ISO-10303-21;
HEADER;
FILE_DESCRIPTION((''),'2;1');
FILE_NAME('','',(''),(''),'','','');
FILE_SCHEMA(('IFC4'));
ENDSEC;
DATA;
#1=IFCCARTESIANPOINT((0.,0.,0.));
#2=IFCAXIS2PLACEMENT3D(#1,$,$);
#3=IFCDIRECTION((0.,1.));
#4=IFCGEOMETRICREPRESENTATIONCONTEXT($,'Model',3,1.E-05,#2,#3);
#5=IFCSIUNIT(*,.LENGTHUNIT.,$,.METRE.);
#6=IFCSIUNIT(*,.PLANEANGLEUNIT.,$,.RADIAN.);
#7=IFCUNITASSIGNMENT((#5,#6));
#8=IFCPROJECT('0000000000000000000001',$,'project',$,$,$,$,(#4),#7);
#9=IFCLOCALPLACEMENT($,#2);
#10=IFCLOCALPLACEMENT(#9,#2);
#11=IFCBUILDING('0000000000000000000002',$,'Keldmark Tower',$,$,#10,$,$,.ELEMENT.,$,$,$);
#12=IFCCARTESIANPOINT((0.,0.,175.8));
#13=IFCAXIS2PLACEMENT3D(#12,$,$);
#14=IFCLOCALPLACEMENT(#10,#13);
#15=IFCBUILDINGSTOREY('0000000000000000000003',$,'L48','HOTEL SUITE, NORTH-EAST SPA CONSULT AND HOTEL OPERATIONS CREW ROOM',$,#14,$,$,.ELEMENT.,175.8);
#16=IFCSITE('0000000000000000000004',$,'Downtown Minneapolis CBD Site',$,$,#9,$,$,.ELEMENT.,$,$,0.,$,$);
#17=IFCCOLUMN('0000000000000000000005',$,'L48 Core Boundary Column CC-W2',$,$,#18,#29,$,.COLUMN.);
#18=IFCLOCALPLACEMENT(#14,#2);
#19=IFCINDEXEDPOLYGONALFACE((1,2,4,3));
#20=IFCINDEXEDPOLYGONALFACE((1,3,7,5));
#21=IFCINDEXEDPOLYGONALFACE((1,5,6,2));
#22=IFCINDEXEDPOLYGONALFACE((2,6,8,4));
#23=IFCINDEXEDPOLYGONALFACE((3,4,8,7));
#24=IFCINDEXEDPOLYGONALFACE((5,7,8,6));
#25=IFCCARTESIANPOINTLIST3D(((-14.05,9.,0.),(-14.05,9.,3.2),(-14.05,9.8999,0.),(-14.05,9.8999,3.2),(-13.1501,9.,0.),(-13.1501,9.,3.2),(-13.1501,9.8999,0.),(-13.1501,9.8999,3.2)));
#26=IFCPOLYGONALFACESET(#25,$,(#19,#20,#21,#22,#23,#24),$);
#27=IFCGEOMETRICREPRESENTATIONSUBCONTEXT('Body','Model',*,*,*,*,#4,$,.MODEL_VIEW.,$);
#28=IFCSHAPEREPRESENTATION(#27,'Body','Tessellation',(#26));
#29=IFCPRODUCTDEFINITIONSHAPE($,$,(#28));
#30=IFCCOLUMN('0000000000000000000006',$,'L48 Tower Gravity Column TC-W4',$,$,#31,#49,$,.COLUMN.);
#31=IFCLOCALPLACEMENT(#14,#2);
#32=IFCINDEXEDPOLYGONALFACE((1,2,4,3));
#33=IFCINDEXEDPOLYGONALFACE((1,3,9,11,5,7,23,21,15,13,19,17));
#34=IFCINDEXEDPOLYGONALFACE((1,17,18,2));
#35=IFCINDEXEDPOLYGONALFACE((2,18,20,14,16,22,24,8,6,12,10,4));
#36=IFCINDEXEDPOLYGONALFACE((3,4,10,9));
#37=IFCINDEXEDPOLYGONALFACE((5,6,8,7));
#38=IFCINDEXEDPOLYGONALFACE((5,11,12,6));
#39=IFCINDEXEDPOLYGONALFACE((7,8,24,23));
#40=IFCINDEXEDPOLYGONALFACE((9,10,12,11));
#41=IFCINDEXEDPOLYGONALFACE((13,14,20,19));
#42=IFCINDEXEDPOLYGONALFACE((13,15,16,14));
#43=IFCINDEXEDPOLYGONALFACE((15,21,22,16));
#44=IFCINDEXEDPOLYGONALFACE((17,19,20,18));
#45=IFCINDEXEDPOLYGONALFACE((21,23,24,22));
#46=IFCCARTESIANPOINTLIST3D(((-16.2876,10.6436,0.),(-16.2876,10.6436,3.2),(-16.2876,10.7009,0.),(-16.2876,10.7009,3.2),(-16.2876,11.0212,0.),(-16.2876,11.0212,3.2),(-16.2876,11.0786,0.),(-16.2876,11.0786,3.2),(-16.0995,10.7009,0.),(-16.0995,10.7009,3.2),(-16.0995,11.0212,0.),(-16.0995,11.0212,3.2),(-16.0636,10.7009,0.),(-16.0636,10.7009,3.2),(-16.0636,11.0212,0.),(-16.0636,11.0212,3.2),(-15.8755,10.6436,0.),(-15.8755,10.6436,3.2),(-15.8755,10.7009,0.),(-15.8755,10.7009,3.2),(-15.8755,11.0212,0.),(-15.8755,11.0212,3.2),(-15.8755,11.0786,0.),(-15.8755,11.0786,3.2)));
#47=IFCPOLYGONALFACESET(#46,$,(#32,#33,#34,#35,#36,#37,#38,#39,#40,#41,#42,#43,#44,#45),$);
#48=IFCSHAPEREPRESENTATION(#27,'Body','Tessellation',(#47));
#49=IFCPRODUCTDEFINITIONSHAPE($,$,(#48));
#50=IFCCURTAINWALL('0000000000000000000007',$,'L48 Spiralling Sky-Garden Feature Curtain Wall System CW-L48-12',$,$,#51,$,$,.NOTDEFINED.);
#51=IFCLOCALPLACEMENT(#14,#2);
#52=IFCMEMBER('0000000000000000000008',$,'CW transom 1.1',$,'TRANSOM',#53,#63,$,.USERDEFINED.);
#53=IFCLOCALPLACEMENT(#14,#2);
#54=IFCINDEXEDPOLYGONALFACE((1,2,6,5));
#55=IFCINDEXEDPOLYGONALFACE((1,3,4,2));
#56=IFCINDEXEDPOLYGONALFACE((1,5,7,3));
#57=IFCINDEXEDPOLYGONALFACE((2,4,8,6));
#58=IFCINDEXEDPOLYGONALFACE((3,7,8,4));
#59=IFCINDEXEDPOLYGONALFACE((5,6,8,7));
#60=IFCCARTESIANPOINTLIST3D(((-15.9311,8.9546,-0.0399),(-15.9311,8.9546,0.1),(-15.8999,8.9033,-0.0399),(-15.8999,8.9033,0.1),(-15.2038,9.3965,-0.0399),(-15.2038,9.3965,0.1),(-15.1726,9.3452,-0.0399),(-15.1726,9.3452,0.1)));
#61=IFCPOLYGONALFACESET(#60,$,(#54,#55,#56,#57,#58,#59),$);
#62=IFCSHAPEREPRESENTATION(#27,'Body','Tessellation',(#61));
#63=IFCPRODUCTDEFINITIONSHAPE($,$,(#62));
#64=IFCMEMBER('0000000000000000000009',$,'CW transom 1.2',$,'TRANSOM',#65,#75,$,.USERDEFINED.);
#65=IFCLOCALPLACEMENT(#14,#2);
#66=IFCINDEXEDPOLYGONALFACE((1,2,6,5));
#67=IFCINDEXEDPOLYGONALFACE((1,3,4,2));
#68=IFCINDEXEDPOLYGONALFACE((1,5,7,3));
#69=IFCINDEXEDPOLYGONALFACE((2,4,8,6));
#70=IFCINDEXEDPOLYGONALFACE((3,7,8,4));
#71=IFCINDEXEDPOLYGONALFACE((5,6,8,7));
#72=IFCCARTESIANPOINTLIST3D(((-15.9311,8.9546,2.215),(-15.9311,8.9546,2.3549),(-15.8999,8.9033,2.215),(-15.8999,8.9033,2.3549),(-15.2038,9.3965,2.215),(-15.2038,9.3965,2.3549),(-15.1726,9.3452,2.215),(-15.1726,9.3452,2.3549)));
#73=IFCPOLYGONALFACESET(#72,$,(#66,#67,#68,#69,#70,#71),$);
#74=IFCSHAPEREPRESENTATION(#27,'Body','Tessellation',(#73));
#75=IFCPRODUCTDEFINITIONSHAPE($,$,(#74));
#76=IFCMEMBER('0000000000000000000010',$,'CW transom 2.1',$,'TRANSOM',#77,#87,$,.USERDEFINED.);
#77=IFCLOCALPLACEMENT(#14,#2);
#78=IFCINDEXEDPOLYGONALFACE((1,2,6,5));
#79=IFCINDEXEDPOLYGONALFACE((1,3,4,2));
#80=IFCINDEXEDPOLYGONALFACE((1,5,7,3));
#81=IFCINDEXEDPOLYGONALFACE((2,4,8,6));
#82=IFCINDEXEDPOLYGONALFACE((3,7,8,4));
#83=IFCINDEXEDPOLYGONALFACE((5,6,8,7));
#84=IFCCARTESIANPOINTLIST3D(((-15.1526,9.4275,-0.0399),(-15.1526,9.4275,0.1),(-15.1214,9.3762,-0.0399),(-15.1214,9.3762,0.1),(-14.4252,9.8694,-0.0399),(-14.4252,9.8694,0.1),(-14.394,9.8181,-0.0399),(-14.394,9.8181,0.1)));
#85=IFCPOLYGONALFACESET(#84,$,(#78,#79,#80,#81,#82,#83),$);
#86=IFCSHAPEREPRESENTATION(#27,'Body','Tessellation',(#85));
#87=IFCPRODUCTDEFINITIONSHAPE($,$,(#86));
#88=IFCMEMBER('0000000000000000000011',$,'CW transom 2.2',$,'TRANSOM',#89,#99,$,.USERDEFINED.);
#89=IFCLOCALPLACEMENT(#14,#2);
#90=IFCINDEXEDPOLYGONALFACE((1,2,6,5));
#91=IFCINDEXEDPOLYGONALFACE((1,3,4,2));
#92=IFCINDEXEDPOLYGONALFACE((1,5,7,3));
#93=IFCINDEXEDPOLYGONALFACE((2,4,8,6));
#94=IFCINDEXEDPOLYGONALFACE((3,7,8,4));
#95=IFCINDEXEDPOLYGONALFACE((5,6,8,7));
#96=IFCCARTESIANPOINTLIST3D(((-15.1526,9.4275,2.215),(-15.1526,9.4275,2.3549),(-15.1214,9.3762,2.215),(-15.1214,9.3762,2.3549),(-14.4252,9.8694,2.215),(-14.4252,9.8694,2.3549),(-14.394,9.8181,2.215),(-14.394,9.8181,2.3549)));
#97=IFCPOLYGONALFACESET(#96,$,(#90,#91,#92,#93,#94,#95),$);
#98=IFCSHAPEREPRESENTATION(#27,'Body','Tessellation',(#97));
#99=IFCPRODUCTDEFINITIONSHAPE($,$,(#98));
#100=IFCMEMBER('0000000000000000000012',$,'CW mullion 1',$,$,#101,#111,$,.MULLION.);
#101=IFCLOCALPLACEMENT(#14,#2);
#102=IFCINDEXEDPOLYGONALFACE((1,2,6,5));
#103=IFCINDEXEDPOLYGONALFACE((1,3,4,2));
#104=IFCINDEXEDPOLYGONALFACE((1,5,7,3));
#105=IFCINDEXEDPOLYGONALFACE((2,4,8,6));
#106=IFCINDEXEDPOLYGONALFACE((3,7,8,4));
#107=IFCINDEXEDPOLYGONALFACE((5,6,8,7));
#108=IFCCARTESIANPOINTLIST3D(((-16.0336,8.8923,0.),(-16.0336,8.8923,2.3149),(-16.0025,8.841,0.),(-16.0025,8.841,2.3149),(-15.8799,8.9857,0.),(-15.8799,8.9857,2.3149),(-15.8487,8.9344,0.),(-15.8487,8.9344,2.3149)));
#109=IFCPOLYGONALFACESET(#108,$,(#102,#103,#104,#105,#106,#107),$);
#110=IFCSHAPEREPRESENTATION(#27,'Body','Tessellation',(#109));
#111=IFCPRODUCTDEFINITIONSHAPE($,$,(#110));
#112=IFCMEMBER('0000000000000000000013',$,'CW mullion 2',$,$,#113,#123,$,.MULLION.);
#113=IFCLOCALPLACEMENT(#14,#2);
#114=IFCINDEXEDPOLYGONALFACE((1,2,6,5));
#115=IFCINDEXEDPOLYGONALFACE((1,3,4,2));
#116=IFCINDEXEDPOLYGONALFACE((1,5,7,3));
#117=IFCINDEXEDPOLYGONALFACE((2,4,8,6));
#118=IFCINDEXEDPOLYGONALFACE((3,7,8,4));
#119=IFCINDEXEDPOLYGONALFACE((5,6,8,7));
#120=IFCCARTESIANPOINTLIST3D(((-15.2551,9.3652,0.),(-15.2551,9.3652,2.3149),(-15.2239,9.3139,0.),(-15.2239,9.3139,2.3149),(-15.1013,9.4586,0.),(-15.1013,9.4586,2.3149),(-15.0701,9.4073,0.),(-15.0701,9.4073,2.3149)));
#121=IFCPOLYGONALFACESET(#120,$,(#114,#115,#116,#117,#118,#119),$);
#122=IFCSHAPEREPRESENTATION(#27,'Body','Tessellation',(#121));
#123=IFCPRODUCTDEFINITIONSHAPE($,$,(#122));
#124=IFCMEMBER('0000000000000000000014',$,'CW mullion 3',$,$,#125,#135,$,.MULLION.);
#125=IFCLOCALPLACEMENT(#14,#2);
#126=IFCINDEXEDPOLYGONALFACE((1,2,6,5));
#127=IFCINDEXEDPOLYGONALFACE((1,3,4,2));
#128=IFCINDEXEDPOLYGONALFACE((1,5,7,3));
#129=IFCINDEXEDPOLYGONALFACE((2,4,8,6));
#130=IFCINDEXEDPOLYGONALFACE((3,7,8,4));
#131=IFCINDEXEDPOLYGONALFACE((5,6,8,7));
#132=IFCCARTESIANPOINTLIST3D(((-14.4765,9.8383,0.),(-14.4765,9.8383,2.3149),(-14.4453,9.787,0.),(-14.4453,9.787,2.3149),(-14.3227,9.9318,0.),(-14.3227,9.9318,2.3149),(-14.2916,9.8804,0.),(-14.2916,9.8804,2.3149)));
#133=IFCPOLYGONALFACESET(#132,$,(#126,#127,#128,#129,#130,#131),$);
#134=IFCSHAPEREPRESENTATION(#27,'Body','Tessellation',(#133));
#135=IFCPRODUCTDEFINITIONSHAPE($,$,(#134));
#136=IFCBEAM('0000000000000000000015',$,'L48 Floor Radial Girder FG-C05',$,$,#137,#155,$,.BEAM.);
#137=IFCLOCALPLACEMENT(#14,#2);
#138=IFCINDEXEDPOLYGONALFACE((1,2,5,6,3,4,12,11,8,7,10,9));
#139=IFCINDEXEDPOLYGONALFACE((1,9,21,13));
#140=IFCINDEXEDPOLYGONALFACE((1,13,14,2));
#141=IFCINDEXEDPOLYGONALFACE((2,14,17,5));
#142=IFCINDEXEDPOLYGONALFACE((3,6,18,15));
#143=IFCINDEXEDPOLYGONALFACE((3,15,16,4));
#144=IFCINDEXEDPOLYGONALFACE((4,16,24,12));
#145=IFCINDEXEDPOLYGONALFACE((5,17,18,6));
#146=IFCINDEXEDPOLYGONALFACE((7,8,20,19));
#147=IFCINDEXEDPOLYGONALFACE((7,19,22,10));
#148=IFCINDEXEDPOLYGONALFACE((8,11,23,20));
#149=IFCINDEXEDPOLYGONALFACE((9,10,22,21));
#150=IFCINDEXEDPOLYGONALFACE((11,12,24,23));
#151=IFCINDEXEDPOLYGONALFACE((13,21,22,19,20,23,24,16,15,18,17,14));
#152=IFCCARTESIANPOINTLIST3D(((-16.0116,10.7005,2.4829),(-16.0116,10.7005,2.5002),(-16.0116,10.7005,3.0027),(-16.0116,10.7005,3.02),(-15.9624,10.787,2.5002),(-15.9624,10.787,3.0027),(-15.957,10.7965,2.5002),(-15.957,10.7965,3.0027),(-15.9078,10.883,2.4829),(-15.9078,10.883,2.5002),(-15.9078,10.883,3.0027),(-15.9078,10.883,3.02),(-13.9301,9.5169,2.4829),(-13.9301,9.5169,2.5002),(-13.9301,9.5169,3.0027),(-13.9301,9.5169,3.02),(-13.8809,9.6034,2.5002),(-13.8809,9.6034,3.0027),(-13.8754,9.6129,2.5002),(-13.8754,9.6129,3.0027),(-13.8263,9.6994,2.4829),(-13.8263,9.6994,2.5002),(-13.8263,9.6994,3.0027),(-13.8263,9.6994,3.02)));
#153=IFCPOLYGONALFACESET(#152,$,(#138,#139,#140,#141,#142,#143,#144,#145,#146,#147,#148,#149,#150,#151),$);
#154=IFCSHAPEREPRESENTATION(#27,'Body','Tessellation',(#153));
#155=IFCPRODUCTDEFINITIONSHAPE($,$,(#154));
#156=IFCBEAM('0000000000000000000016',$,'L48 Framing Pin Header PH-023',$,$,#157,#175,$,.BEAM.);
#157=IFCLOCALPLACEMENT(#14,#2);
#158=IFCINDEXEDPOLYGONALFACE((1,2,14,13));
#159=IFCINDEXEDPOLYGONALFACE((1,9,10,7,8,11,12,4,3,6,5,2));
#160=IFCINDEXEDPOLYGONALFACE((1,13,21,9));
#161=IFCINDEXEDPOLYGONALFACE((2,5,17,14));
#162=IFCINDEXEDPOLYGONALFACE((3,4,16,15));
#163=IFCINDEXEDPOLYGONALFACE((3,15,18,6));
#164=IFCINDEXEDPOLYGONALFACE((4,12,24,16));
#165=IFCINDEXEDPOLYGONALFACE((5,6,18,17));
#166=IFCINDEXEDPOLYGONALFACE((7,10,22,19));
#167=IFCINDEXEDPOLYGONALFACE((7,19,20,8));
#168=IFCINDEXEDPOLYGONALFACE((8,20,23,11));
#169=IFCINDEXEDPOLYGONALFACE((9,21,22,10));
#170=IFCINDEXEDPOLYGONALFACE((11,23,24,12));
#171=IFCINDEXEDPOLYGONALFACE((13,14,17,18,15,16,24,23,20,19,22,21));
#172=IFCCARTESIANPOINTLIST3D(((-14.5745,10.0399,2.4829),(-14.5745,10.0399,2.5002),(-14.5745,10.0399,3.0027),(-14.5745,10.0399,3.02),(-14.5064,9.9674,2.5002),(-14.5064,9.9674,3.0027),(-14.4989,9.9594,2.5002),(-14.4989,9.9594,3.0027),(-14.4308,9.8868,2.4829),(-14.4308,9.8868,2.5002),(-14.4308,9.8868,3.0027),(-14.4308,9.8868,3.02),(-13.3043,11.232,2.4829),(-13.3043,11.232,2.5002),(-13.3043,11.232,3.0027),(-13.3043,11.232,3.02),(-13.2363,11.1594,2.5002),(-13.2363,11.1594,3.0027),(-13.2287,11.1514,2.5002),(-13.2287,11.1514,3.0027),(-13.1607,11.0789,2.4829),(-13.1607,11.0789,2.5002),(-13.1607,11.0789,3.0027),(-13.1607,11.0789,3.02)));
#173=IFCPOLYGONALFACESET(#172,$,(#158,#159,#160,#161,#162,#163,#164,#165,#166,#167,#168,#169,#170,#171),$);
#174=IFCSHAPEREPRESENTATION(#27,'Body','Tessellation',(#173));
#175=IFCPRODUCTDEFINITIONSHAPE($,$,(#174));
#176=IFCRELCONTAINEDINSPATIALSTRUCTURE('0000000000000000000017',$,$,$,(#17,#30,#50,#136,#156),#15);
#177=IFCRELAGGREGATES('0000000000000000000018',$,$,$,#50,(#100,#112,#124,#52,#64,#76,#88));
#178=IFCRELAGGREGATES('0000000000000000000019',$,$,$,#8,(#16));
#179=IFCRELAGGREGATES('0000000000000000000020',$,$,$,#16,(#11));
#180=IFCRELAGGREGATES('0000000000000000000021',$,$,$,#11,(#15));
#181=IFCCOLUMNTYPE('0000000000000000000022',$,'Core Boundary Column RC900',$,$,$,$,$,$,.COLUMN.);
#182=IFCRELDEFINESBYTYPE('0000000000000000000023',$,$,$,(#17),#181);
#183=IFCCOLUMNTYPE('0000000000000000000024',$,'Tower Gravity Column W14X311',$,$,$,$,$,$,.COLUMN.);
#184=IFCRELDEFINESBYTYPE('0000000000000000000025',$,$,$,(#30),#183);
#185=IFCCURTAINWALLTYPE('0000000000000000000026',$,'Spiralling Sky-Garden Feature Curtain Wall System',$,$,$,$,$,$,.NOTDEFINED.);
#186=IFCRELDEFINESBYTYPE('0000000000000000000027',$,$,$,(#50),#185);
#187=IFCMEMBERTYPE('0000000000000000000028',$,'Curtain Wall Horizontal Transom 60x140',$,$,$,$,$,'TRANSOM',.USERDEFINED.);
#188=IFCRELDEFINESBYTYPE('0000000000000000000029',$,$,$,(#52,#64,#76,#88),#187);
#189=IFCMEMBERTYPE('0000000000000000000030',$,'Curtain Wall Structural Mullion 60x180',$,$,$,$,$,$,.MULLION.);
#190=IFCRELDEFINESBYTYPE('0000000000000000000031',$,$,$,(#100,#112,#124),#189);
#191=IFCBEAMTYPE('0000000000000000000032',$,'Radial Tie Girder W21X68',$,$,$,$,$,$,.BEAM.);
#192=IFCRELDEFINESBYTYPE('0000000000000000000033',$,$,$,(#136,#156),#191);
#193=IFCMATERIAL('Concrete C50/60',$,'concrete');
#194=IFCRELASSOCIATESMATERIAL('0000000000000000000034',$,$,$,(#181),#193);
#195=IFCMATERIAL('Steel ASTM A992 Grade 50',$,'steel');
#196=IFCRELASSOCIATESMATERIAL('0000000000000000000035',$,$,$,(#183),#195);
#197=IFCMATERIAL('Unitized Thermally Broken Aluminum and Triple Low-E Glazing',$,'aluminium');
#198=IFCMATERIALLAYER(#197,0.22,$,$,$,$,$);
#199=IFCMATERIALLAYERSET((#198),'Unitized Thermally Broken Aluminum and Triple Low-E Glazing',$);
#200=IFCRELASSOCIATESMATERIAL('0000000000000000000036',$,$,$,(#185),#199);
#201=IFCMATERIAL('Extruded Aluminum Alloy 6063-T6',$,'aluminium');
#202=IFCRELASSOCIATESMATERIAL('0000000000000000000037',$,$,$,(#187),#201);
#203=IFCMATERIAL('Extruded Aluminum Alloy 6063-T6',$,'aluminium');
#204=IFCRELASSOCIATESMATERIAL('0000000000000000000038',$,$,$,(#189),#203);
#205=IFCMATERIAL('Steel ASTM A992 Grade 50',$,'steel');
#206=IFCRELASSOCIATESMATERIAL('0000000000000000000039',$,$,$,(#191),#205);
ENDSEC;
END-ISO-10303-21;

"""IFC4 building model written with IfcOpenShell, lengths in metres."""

from ifc_helpers import new_model, si_unit, direction, frame, origin, origin_2d, place, context, subcontext, project, spatial, rectangle, i_section, extrude, material, layer, layer_set, material_profile, profile_set, type_object, element, aggregate, save


model = new_model("IFC4")

# Units and contexts
model_context = context("Model", 3, precision=1e-05, world=origin(), true_north=direction((0.0, 1.0)))
body_context = subcontext(model_context, "Body", "Model", "MODEL_VIEW")
ifc_project = project(units=[si_unit("LENGTHUNIT", "METRE"), si_unit("PLANEANGLEUNIT", "RADIAN")], contexts=[model_context])

# Site, building, storey
site_placement = place(None, origin())
site = spatial("IfcSite", under=ifc_project, at=site_placement, Name="Downtown Minneapolis CBD Site", CompositionType="ELEMENT", RefElevation=0.0)
building_placement = place(site_placement, origin())
building = spatial("IfcBuilding", under=site, at=building_placement, Name="Keldmark Tower", CompositionType="ELEMENT")
storey_placement = place(building_placement, frame((0.0, 0.0, 175.8)))
storey = spatial("IfcBuildingStorey", under=building, at=storey_placement, Name="L48", Description="HOTEL SUITE, NORTH-EAST SPA CONSULT AND HOTEL OPERATIONS CREW ROOM", CompositionType="ELEMENT", Elevation=175.8)

# Columns
ifc_material_1 = material(Name="Concrete C50/60", Category="concrete")
ifc_material_profile_1 = material_profile(ifc_material_1, rectangle(XDim=0.8999, YDim=0.8999, at=origin_2d()), Name="RC900X900")
ifc_profile_set_1 = profile_set([ifc_material_profile_1], Name="Concrete C50/60")
column_type_1 = type_object("IfcColumnType", Name="Core Boundary Column RC900", PredefinedType="COLUMN", material=ifc_profile_set_1)
column_1_placement = place(storey_placement, frame((-13.6001, 9.45, 0.0), z_axis=(0.0, 0.0, 1.0), x_axis=(1.0, 0.0, 0.0)))
element("IfcColumn", 1, at=column_1_placement, inside=storey, type_object=column_type_1, Name="L48 Core Boundary Column CC-W2", PredefinedType="COLUMN", context=body_context, shape_type="SweptSolid", body=[
    extrude(rectangle(XDim=0.8999, YDim=0.8999, at=origin_2d()), origin(), (0.0, 0.0, 1.0), 3.2),
])
ifc_material_2 = material(Name="Steel ASTM A992 Grade 50", Category="steel")
ifc_material_profile_2 = material_profile(ifc_material_2, i_section(OverallWidth=0.4121, OverallDepth=0.4351, WebThickness=0.0359, FlangeThickness=0.0574, at=origin_2d()), Name="W14X311")
ifc_profile_set_2 = profile_set([ifc_material_profile_2], Name="Steel ASTM A992 Grade 50")
column_type_2 = type_object("IfcColumnType", Name="Tower Gravity Column W14X311", PredefinedType="COLUMN", material=ifc_profile_set_2)
column_2_placement = place(storey_placement, frame((-16.0815, 10.8611, 0.0), z_axis=(0.0, 0.0, 1.0), x_axis=(1.0, 0.0, 0.0)))
element("IfcColumn", 2, at=column_2_placement, inside=storey, type_object=column_type_2, Name="L48 Tower Gravity Column TC-W4", PredefinedType="COLUMN", context=body_context, shape_type="SweptSolid", body=[
    extrude(i_section(OverallWidth=0.4121, OverallDepth=0.4351, WebThickness=0.0359, FlangeThickness=0.0574, at=origin_2d()), origin(), (0.0, 0.0, 1.0), 3.2),
])

# Curtain wall, members
ifc_material_3 = material(Name="Unitized Thermally Broken Aluminum and Triple Low-E Glazing", Category="aluminium")
ifc_layer_1 = layer(ifc_material_3, 0.22)
ifc_layer_set_1 = layer_set([ifc_layer_1], Name="Unitized Thermally Broken Aluminum and Triple Low-E Glazing")
curtain_wall_type = type_object("IfcCurtainWallType", Name="Spiralling Sky-Garden Feature Curtain Wall System", PredefinedType="NOTDEFINED", material=ifc_layer_set_1)
curtain_wall_placement = place(storey_placement, origin())
curtain_wall = element("IfcCurtainWall", 3, at=curtain_wall_placement, inside=storey, type_object=curtain_wall_type, Name="L48 Spiralling Sky-Garden Feature Curtain Wall System CW-L48-12", PredefinedType="NOTDEFINED")
ifc_material_4 = material(Name="Extruded Aluminum Alloy 6063-T6", Category="aluminium")
ifc_material_profile_3 = material_profile(ifc_material_4, rectangle(XDim=0.0601, YDim=0.1399, at=origin_2d()), Name="CWT60X140")
ifc_profile_set_3 = profile_set([ifc_material_profile_3], Name="Extruded Aluminum Alloy 6063-T6")
member_type_1 = type_object("IfcMemberType", Name="Curtain Wall Horizontal Transom 60x140", ElementType="TRANSOM", PredefinedType="USERDEFINED", material=ifc_profile_set_3)
member_1_placement = place(storey_placement, frame((-15.9155, 8.929, 0.03), z_axis=(0.854619, 0.519255, 0.0), x_axis=(-0.519255, 0.854619, 0.0)))
member_1 = element("IfcMember", 4, at=member_1_placement, type_object=member_type_1, Name="CW transom 1.1", ObjectType="TRANSOM", PredefinedType="USERDEFINED", context=body_context, shape_type="SweptSolid", body=[
    extrude(rectangle(XDim=0.0601, YDim=0.1399, at=origin_2d()), origin(), (0.0, 0.0, 1.0), 0.8511),
])
member_2_placement = place(storey_placement, frame((-15.9155, 8.929, 2.2849), z_axis=(0.854619, 0.519255, 0.0), x_axis=(-0.519255, 0.854619, 0.0)))
member_2 = element("IfcMember", 5, at=member_2_placement, type_object=member_type_1, Name="CW transom 1.2", ObjectType="TRANSOM", PredefinedType="USERDEFINED", context=body_context, shape_type="SweptSolid", body=[
    extrude(rectangle(XDim=0.0601, YDim=0.1399, at=origin_2d()), origin(), (0.0, 0.0, 1.0), 0.8511),
])
member_3_placement = place(storey_placement, frame((-15.137, 9.4019, 0.03), z_axis=(0.854619, 0.519255, 0.0), x_axis=(-0.519255, 0.854619, 0.0)))
member_3 = element("IfcMember", 6, at=member_3_placement, type_object=member_type_1, Name="CW transom 2.1", ObjectType="TRANSOM", PredefinedType="USERDEFINED", context=body_context, shape_type="SweptSolid", body=[
    extrude(rectangle(XDim=0.0601, YDim=0.1399, at=origin_2d()), origin(), (0.0, 0.0, 1.0), 0.8511),
])
member_4_placement = place(storey_placement, frame((-15.137, 9.4019, 2.2849), z_axis=(0.854619, 0.519255, 0.0), x_axis=(-0.519255, 0.854619, 0.0)))
member_4 = element("IfcMember", 7, at=member_4_placement, type_object=member_type_1, Name="CW transom 2.2", ObjectType="TRANSOM", PredefinedType="USERDEFINED", context=body_context, shape_type="SweptSolid", body=[
    extrude(rectangle(XDim=0.0601, YDim=0.1399, at=origin_2d()), origin(), (0.0, 0.0, 1.0), 0.8511),
])
ifc_material_5 = material(Name="Extruded Aluminum Alloy 6063-T6", Category="aluminium")
ifc_material_profile_4 = material_profile(ifc_material_5, rectangle(XDim=0.0601, YDim=0.1799, at=origin_2d()), Name="CWM60X180")
ifc_profile_set_4 = profile_set([ifc_material_profile_4], Name="Extruded Aluminum Alloy 6063-T6")
member_type_2 = type_object("IfcMemberType", Name="Curtain Wall Structural Mullion 60x180", PredefinedType="MULLION", material=ifc_profile_set_4)
member_5_placement = place(storey_placement, frame((-15.9412, 8.9133, 0.0), z_axis=(0.0, 0.0, 1.0), x_axis=(-0.519224, 0.854638, 0.0)))
member_5 = element("IfcMember", 8, at=member_5_placement, type_object=member_type_2, Name="CW mullion 1", PredefinedType="MULLION", context=body_context, shape_type="SweptSolid", body=[
    extrude(rectangle(XDim=0.0601, YDim=0.1799, at=origin_2d()), origin(), (0.0, 0.0, 1.0), 2.3149),
])
member_6_placement = place(storey_placement, frame((-15.1626, 9.3862, 0.0), z_axis=(0.0, 0.0, 1.0), x_axis=(-0.519224, 0.854638, 0.0)))
member_6 = element("IfcMember", 9, at=member_6_placement, type_object=member_type_2, Name="CW mullion 2", PredefinedType="MULLION", context=body_context, shape_type="SweptSolid", body=[
    extrude(rectangle(XDim=0.0601, YDim=0.1799, at=origin_2d()), origin(), (0.0, 0.0, 1.0), 2.3149),
])
member_7_placement = place(storey_placement, frame((-14.384, 9.8594, 0.0), z_axis=(0.0, 0.0, 1.0), x_axis=(-0.519224, 0.854638, 0.0)))
member_7 = element("IfcMember", 10, at=member_7_placement, type_object=member_type_2, Name="CW mullion 3", PredefinedType="MULLION", context=body_context, shape_type="SweptSolid", body=[
    extrude(rectangle(XDim=0.0601, YDim=0.1799, at=origin_2d()), origin(), (0.0, 0.0, 1.0), 2.3149),
])

# Beams
ifc_material_6 = material(Name="Steel ASTM A992 Grade 50", Category="steel")
ifc_material_profile_5 = material_profile(ifc_material_6, i_section(OverallWidth=0.21, OverallDepth=0.5371, WebThickness=0.011, FlangeThickness=0.0173, at=origin_2d()), Name="W21X68")
ifc_profile_set_5 = profile_set([ifc_material_profile_5], Name="Steel ASTM A992 Grade 50")
beam_type_1 = type_object("IfcBeamType", Name="Radial Tie Girder W21X68", PredefinedType="BEAM", material=ifc_profile_set_5)
beam_1_placement = place(storey_placement, frame((-15.9597, 10.7917, 2.7515), z_axis=(0.869295, -0.494293, 0.0), x_axis=(0.494293, 0.869295, 0.0)))
element("IfcBeam", 11, at=beam_1_placement, inside=storey, type_object=beam_type_1, Name="L48 Floor Radial Girder FG-C05", PredefinedType="BEAM", context=body_context, shape_type="SweptSolid", body=[
    extrude(i_section(OverallWidth=0.21, OverallDepth=0.5371, WebThickness=0.011, FlangeThickness=0.0173, at=origin_2d()), origin(), (0.0, 0.0, 1.0), 2.3945),
])
beam_2_placement = place(storey_placement, frame((-14.5027, 9.9634, 2.7515), z_axis=(0.729174, 0.684328, 0.0), x_axis=(-0.684328, 0.729174, 0.0)))
element("IfcBeam", 12, at=beam_2_placement, inside=storey, type_object=beam_type_1, Name="L48 Framing Pin Header PH-023", PredefinedType="BEAM", context=body_context, shape_type="SweptSolid", body=[
    extrude(i_section(OverallWidth=0.21, OverallDepth=0.5371, WebThickness=0.011, FlangeThickness=0.0173, at=origin_2d()), origin(), (0.0, 0.0, 1.0), 1.7419),
])

aggregate(curtain_wall, [member_5, member_6, member_7, member_1, member_2, member_3, member_4])

save(model, "model.ifc")
